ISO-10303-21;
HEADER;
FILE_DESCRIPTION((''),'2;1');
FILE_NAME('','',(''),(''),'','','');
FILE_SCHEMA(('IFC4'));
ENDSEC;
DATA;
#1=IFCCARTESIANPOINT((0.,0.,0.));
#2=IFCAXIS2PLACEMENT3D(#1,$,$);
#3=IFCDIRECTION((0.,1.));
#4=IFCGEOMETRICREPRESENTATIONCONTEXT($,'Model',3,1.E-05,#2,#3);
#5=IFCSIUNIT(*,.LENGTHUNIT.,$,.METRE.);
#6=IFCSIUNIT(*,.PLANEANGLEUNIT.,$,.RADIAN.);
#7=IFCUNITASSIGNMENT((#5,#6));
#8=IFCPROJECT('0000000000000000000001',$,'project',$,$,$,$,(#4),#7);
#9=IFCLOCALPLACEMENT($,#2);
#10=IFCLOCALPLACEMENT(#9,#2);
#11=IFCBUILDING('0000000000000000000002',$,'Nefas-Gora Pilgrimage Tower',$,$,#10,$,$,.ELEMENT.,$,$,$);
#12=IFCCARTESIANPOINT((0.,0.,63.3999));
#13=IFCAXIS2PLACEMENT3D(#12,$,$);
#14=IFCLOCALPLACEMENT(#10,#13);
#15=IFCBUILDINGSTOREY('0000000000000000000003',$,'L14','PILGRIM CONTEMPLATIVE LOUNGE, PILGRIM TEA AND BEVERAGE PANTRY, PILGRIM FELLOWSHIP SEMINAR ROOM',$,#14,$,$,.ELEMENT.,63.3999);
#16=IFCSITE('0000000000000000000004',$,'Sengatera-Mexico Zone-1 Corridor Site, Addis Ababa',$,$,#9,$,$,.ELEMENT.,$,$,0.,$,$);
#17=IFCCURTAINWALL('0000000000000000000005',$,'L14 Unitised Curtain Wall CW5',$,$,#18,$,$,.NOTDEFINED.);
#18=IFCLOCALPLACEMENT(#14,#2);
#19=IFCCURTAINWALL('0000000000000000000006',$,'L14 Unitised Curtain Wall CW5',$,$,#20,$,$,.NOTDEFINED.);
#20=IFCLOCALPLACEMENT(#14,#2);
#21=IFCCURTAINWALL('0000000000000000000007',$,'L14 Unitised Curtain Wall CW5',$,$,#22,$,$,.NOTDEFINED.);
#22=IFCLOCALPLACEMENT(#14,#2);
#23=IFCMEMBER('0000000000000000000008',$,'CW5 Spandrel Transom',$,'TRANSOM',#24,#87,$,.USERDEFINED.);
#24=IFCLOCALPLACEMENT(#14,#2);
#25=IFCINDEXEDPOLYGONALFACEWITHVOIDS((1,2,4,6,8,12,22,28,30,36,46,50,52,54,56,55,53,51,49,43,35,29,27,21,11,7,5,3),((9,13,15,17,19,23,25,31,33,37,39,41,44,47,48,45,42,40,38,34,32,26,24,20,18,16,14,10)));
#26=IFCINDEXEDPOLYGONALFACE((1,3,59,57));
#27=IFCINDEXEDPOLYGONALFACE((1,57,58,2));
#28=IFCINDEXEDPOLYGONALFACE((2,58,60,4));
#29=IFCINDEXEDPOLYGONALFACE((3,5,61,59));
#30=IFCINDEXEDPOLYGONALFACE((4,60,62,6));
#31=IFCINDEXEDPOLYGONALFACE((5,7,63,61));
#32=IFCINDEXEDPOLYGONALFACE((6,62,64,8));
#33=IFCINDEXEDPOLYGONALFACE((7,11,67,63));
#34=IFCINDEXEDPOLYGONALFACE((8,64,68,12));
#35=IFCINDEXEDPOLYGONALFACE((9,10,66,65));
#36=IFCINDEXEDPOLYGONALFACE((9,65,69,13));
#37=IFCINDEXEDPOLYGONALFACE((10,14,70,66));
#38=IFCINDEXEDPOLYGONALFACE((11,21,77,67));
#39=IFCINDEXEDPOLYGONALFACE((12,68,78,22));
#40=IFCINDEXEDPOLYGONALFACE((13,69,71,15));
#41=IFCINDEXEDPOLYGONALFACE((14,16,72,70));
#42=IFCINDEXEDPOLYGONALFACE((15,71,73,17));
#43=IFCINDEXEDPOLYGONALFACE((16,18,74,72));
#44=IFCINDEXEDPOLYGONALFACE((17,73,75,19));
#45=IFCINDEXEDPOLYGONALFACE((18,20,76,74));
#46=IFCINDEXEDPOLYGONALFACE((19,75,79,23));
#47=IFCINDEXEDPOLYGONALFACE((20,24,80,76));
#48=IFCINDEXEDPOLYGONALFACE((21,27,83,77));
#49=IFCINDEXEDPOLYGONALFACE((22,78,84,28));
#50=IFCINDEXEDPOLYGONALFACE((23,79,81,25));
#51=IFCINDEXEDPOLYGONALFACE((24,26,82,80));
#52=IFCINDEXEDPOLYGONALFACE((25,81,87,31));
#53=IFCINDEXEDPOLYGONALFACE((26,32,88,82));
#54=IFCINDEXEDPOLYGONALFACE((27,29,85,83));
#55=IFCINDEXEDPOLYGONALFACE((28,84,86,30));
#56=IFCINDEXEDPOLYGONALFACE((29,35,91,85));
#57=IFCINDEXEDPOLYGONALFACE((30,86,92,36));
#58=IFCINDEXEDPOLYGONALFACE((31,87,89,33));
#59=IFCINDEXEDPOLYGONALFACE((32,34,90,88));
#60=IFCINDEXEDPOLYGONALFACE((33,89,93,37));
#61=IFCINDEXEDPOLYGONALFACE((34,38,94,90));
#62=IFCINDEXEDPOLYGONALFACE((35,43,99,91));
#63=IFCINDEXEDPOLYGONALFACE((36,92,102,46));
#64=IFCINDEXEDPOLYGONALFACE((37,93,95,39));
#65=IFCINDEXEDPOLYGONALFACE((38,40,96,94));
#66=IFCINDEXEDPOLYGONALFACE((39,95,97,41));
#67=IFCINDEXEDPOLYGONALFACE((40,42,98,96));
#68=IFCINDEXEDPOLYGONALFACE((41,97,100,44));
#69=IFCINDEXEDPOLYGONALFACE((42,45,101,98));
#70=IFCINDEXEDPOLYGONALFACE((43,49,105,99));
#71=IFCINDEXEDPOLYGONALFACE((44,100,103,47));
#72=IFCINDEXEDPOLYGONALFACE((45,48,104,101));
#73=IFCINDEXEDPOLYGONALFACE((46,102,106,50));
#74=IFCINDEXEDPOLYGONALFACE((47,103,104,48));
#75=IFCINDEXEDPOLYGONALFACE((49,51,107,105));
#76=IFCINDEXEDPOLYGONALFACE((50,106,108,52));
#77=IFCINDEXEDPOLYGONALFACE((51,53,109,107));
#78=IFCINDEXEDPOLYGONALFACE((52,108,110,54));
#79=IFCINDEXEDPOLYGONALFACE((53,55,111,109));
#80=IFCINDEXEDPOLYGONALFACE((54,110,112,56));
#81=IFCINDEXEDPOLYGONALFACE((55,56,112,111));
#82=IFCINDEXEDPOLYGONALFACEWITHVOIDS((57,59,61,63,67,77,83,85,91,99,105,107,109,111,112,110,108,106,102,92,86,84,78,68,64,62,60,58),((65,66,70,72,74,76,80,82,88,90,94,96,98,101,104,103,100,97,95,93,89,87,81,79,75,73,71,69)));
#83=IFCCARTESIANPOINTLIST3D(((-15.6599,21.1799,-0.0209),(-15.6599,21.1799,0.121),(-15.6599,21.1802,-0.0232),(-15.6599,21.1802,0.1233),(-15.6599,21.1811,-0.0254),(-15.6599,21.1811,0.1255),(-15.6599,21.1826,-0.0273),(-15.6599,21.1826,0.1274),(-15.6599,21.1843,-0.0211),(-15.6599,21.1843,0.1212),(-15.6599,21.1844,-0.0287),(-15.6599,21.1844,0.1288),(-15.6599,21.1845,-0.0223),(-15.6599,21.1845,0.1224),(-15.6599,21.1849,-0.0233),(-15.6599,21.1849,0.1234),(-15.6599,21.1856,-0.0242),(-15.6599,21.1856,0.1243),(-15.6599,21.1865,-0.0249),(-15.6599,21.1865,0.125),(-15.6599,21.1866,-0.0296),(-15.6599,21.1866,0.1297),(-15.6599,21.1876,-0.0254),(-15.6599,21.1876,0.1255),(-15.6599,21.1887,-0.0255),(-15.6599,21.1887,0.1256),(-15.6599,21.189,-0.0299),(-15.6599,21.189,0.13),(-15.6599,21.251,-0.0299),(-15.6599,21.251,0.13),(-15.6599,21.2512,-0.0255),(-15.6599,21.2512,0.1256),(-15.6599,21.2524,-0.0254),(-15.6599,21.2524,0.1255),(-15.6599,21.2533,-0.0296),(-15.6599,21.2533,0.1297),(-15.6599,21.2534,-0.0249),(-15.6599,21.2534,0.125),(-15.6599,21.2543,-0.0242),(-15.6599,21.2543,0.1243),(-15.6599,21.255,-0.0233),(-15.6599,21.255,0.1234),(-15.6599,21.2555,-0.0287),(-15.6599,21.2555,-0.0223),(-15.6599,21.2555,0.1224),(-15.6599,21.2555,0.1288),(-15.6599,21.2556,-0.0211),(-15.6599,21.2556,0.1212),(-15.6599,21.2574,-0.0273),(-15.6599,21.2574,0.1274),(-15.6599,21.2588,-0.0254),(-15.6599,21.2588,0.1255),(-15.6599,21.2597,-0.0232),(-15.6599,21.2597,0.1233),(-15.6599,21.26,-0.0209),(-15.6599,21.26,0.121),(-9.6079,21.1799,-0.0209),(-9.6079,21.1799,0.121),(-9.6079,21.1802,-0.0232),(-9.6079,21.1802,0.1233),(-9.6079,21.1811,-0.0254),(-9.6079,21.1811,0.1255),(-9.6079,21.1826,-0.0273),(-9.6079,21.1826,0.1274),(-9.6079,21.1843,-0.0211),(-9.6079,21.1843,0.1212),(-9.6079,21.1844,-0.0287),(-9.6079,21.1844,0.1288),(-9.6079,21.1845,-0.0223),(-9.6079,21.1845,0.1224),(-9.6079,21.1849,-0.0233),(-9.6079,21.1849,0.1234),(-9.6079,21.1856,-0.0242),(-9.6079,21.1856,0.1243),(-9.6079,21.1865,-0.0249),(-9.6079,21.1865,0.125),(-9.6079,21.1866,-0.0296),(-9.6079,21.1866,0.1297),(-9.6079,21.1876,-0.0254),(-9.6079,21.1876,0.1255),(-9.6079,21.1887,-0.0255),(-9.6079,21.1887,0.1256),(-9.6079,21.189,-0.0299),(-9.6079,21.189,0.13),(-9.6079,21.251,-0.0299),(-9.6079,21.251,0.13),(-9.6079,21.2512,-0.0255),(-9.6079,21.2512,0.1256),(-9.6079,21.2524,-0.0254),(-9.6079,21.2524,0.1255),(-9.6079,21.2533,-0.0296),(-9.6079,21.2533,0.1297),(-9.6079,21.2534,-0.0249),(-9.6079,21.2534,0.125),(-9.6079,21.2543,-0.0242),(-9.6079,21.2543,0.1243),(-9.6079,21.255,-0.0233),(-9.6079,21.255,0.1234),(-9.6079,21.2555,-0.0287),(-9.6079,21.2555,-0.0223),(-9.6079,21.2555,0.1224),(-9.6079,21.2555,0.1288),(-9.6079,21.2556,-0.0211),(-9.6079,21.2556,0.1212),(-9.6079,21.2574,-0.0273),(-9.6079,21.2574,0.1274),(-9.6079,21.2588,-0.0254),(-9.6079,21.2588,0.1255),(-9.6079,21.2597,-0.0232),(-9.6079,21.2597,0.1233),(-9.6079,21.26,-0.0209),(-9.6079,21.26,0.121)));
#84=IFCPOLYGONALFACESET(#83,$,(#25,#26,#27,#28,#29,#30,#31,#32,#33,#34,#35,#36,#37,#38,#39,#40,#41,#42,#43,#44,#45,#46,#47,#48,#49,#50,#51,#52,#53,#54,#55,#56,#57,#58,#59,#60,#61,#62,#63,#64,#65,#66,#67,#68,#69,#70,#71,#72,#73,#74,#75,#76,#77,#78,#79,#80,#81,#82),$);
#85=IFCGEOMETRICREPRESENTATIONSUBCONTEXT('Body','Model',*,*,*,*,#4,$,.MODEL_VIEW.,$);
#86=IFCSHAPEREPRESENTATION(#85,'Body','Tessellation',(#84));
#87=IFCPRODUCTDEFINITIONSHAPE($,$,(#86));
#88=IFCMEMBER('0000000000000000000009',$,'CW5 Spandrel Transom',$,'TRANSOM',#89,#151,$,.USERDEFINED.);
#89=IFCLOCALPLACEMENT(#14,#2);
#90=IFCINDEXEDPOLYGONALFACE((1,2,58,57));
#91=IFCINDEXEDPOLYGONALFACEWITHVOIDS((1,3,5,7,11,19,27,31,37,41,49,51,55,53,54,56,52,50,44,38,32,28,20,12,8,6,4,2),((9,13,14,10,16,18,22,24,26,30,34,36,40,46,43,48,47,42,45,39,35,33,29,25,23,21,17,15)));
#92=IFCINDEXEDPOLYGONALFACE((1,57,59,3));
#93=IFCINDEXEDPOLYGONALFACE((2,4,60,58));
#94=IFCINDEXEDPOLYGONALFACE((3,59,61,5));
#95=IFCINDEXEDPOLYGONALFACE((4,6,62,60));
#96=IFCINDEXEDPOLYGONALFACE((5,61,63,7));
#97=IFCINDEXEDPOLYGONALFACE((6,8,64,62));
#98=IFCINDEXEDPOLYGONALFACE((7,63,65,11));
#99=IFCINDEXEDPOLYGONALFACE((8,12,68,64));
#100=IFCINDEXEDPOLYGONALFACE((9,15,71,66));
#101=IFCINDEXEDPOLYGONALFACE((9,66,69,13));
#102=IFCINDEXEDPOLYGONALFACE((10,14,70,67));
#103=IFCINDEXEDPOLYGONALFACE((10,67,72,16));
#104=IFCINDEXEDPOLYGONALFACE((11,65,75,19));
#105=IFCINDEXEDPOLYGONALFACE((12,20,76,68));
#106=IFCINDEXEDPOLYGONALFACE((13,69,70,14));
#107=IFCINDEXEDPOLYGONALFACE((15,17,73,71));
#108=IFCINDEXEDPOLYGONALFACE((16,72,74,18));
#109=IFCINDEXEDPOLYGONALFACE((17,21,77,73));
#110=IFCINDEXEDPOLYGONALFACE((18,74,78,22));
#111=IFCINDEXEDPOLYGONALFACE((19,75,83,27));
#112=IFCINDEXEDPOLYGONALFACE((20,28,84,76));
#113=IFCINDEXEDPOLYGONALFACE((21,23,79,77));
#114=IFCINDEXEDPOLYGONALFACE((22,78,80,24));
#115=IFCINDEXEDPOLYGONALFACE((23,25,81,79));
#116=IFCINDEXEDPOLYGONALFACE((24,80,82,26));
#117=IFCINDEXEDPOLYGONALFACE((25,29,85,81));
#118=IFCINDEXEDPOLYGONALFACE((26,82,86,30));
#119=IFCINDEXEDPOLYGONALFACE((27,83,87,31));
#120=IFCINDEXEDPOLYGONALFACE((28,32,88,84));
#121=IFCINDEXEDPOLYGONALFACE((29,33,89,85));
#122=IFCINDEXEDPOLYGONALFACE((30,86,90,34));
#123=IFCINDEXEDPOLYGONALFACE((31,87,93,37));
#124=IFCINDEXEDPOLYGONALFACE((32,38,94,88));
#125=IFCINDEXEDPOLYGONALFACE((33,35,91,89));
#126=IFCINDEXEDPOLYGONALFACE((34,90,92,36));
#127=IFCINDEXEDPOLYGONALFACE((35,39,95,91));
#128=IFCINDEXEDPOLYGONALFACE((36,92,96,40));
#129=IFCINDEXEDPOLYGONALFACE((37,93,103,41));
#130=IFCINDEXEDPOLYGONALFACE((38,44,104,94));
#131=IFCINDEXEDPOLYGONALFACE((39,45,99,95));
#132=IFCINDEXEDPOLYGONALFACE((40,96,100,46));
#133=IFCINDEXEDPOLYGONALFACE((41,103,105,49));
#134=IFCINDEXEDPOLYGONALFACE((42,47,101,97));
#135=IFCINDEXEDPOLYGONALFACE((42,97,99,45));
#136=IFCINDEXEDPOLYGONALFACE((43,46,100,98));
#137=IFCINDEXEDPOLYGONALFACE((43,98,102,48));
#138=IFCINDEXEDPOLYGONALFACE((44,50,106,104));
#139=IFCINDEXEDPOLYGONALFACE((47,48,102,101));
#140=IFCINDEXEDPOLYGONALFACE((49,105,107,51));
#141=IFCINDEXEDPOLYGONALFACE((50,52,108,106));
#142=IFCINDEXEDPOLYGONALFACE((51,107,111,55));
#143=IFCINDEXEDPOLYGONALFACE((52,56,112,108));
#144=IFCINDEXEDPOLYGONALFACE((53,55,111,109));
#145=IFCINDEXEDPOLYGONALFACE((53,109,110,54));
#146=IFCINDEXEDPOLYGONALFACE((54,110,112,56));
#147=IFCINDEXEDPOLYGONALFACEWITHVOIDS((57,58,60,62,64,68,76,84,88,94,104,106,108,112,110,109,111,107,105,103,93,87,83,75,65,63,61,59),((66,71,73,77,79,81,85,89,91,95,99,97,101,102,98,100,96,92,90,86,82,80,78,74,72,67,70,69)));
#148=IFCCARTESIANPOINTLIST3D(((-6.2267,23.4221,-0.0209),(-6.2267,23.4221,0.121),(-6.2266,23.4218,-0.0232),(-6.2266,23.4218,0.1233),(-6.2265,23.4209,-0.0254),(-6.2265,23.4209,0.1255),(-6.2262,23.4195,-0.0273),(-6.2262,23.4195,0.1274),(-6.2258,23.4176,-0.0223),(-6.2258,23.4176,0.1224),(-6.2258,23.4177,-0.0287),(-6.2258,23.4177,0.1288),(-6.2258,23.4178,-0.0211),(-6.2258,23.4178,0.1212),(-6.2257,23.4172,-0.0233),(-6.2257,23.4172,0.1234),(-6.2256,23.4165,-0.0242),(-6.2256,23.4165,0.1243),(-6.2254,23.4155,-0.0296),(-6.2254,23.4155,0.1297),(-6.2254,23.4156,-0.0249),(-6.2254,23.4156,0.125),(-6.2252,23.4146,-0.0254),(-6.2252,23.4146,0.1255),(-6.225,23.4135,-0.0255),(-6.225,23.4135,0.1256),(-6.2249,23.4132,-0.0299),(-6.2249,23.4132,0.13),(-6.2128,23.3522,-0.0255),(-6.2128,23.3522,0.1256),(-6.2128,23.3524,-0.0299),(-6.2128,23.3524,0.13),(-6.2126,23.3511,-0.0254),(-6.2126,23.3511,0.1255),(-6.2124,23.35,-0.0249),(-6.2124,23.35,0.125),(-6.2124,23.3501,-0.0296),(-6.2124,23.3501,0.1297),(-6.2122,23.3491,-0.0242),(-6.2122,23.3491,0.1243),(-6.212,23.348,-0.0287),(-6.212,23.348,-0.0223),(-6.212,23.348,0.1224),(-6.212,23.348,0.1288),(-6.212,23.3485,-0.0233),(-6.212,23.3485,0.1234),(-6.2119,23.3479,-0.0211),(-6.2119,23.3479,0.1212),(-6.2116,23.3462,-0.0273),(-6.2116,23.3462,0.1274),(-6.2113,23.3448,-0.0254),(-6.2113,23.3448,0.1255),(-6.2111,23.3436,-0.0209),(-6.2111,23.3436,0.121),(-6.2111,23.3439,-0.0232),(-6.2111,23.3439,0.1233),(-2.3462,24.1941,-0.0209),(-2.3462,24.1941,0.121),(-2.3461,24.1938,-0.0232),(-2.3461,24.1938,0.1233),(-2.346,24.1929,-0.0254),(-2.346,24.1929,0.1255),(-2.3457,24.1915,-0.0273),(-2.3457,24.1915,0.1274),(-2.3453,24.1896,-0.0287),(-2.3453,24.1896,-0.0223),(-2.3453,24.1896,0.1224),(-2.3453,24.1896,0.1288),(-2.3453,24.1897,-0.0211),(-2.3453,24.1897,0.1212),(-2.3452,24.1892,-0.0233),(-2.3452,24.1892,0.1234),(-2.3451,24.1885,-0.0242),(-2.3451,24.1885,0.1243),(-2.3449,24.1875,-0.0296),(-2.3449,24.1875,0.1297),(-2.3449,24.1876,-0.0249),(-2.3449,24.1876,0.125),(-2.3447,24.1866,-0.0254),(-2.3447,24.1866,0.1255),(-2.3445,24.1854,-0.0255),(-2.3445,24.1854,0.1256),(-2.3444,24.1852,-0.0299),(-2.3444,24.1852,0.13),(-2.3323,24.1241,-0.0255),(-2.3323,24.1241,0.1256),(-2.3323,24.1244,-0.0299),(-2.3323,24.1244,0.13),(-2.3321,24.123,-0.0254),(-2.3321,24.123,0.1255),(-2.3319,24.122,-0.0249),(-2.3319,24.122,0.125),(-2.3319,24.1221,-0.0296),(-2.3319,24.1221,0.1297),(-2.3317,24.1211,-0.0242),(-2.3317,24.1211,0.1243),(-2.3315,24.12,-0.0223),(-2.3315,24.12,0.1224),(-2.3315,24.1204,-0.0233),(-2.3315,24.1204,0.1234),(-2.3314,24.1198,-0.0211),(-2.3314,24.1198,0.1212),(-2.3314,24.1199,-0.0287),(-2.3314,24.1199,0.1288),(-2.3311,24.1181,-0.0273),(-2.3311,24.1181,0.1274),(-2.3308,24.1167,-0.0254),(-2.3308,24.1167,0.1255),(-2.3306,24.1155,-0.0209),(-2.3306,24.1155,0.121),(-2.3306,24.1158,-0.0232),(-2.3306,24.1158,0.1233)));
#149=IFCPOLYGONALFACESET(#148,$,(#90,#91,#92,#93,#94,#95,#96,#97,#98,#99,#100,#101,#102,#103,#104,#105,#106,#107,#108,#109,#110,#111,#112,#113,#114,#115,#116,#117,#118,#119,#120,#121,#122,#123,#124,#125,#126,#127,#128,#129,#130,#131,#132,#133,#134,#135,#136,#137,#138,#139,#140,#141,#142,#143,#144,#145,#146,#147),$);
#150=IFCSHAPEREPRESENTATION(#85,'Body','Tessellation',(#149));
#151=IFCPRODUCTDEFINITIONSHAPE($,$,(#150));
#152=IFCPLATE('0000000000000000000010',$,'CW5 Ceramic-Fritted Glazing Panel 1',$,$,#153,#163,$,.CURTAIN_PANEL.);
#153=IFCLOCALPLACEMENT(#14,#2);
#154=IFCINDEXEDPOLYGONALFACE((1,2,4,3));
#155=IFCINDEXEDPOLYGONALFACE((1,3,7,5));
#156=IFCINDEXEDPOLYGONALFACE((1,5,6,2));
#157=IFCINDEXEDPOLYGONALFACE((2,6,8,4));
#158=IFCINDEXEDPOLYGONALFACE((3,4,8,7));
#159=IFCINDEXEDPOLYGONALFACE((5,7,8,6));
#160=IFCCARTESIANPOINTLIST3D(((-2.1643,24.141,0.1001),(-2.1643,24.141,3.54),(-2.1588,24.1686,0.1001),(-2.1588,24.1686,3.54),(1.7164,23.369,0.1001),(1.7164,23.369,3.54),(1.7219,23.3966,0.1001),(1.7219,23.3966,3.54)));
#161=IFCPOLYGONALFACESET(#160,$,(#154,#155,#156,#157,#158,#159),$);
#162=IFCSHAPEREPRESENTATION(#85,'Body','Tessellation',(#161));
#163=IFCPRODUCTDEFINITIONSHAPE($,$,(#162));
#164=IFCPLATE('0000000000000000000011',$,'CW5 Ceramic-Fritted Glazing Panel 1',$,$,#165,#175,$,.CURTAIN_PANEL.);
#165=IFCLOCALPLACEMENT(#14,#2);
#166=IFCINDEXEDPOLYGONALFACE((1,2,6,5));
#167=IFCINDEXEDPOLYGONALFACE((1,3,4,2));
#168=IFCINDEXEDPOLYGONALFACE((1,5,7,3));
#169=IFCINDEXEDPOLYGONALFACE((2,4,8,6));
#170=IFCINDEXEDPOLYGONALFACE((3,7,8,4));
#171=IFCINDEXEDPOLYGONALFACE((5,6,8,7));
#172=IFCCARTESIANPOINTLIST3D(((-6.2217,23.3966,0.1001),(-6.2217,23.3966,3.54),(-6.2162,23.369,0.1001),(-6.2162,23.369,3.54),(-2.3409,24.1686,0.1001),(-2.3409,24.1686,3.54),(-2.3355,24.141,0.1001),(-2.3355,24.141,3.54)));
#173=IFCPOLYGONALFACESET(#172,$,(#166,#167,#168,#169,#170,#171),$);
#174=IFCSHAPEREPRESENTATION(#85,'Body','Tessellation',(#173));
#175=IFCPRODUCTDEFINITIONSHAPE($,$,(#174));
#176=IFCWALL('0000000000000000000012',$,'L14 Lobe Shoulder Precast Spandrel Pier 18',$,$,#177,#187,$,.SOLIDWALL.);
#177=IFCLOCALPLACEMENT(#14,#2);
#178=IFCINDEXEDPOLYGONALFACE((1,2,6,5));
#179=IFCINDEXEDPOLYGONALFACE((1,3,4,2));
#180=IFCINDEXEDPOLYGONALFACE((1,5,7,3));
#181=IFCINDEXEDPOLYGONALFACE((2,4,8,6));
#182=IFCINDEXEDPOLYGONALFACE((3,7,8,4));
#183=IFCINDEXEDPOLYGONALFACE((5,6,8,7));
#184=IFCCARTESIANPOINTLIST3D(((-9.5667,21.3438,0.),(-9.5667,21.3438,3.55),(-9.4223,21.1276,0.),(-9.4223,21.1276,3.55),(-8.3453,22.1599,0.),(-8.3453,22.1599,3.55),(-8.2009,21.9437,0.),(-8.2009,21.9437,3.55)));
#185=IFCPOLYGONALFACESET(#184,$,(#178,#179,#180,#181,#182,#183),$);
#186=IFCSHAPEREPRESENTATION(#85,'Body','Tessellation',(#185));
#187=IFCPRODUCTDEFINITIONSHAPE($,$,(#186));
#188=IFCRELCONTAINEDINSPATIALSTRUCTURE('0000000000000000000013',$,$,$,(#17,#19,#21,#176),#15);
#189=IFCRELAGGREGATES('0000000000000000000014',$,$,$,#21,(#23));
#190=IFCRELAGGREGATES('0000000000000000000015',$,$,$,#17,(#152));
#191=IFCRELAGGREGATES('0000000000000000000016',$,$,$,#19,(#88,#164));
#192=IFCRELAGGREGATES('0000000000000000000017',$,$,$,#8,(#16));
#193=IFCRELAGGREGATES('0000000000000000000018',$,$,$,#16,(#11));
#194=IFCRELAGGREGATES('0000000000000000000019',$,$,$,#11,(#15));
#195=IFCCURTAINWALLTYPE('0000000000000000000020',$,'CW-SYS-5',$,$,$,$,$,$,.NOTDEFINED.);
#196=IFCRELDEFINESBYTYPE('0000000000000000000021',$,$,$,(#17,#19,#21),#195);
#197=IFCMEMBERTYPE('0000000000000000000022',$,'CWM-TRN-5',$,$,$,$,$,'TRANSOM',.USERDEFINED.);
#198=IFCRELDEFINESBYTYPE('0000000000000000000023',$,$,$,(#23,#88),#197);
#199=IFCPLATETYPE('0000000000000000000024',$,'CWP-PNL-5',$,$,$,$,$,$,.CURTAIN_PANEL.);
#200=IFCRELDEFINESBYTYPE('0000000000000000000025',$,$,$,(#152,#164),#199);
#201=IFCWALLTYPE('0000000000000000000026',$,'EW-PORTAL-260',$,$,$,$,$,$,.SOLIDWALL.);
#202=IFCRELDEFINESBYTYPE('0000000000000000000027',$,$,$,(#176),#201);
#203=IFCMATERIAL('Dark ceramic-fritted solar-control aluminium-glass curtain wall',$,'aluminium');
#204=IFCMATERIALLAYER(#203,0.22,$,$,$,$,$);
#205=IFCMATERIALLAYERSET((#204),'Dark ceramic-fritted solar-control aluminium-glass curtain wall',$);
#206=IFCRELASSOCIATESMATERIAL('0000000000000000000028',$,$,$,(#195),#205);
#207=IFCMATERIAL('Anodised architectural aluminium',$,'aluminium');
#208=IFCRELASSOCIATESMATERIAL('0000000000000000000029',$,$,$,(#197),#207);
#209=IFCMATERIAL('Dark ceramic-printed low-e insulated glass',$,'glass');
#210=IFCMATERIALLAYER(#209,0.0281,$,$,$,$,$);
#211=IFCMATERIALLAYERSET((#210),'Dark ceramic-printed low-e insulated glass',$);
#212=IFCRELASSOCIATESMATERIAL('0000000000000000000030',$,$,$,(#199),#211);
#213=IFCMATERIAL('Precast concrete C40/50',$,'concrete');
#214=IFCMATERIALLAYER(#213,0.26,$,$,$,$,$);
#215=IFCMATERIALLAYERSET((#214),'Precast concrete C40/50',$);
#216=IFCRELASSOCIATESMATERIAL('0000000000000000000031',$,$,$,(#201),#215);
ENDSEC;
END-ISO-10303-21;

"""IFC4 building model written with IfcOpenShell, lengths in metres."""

from ifc_helpers import new_model, si_unit, direction, frame, frame_2d, origin, origin_2d, place, context, subcontext, project, spatial, rectangle, hollow_rectangle, extrude, source, transform, mapped, material, layer, layer_set, material_profile, profile_set, type_object, element, aggregate, save


model = new_model("IFC4")

# Units and contexts
model_context = context("Model", 3, precision=1e-05, world=origin(), true_north=direction((0.0, 1.0)))
body_context = subcontext(model_context, "Body", "Model", "MODEL_VIEW")
ifc_project = project(units=[si_unit("LENGTHUNIT", "METRE"), si_unit("PLANEANGLEUNIT", "RADIAN")], contexts=[model_context])

# Site, building, storey
site_placement = place(None, origin())
site = spatial("IfcSite", under=ifc_project, at=site_placement, Name="Sengatera-Mexico Zone-1 Corridor Site, Addis Ababa", CompositionType="ELEMENT", RefElevation=0.0)
building_placement = place(site_placement, origin())
building = spatial("IfcBuilding", under=site, at=building_placement, Name="Nefas-Gora Pilgrimage Tower", CompositionType="ELEMENT")
storey_placement = place(building_placement, frame((0.0, 0.0, 63.3999)))
storey = spatial("IfcBuildingStorey", under=building, at=storey_placement, Name="L14", Description="PILGRIM CONTEMPLATIVE LOUNGE, PILGRIM TEA AND BEVERAGE PANTRY, PILGRIM FELLOWSHIP SEMINAR ROOM", CompositionType="ELEMENT", Elevation=63.3999)

# Curtain wall
ifc_material_1 = material(Name="Dark ceramic-fritted solar-control aluminium-glass curtain wall", Category="aluminium")
ifc_layer_1 = layer(ifc_material_1, 0.22)
ifc_layer_set_1 = layer_set([ifc_layer_1], Name="Dark ceramic-fritted solar-control aluminium-glass curtain wall")
curtain_wall_type = type_object("IfcCurtainWallType", Name="CW-SYS-5", PredefinedType="NOTDEFINED", material=ifc_layer_set_1)
curtain_wall_1_placement = place(storey_placement, origin())
curtain_wall_1 = element("IfcCurtainWall", 1, at=curtain_wall_1_placement, inside=storey, type_object=curtain_wall_type, Name="L14 Unitised Curtain Wall CW5", PredefinedType="NOTDEFINED")
ifc_material_2 = material(Name="Anodised architectural aluminium", Category="aluminium")

# Curtain walls, member
curtain_wall_2_placement = place(storey_placement, origin())
curtain_wall_2 = element("IfcCurtainWall", 2, at=curtain_wall_2_placement, inside=storey, type_object=curtain_wall_type, Name="L14 Unitised Curtain Wall CW5", PredefinedType="NOTDEFINED")
curtain_wall_3_placement = place(storey_placement, origin())
curtain_wall_3 = element("IfcCurtainWall", 3, at=curtain_wall_3_placement, inside=storey, type_object=curtain_wall_type, Name="L14 Unitised Curtain Wall CW5", PredefinedType="NOTDEFINED")
ifc_material_profile_1 = material_profile(ifc_material_2, hollow_rectangle(XDim=0.0801, YDim=0.1599, WallThickness=0.0044, InnerFilletRadius=0.0044, OuterFilletRadius=0.009, at=origin_2d()), Name="ALU TRANSOM 80x160")
ifc_profile_set_1 = profile_set([ifc_material_profile_1], Name="Anodised architectural aluminium")
member_type_1 = type_object("IfcMemberType", Name="CWM-TRN-5", ElementType="TRANSOM", PredefinedType="USERDEFINED", material=ifc_profile_set_1)
shared_shape_1 = source(origin(), body_context, "Body", "SweptSolid", [
    extrude(hollow_rectangle(XDim=0.0801, YDim=0.1599, WallThickness=0.0044, InnerFilletRadius=0.0044, OuterFilletRadius=0.009, at=origin_2d()), origin(), (0.0, 0.0, 1.0), 6.052),
])
member_1_placement = place(storey_placement, frame((-9.6079, 21.22, 0.05), z_axis=(-1.0, 0.0, 0.0), x_axis=(0.0, -1.0, 0.0)))
member_1 = element("IfcMember", 4, at=member_1_placement, type_object=member_type_1, Name="CW5 Spandrel Transom", ObjectType="TRANSOM", PredefinedType="USERDEFINED", context=body_context, shape_type="MappedRepresentation", body=[
    mapped(shared_shape_1, transform((0.0, 0.0, 0.0), x_axis=(1.0, 0.0, 0.0), y_axis=(0.0, 1.0, 0.0), z_axis=(0.0, 0.0, 1.0), scale=1.0)),
])
aggregate(curtain_wall_3, [member_1])

# Member
shared_shape_2 = source(origin(), body_context, "Body", "SweptSolid", [
    extrude(hollow_rectangle(XDim=0.0801, YDim=0.1599, WallThickness=0.0044, InnerFilletRadius=0.0044, OuterFilletRadius=0.009, at=origin_2d()), origin(), (0.0, 0.0, 1.0), 3.9565),
])
member_2_placement = place(storey_placement, frame((-2.3384, 24.1548, 0.05), z_axis=(-0.980782, -0.195107, 0.0), x_axis=(0.195107, -0.980782, 0.0)))
member_2 = element("IfcMember", 5, at=member_2_placement, type_object=member_type_1, Name="CW5 Spandrel Transom", ObjectType="TRANSOM", PredefinedType="USERDEFINED", context=body_context, shape_type="MappedRepresentation", body=[
    mapped(shared_shape_2, transform((0.0, 0.0, 0.0), x_axis=(1.0, 0.0, 0.0), y_axis=(0.0, 1.0, 0.0), z_axis=(0.0, 0.0, 1.0), scale=1.0)),
])

# Plates
ifc_material_3 = material(Name="Dark ceramic-printed low-e insulated glass", Category="glass")
ifc_layer_2 = layer(ifc_material_3, 0.0281)
ifc_layer_set_2 = layer_set([ifc_layer_2], Name="Dark ceramic-printed low-e insulated glass")
plate_type = type_object("IfcPlateType", Name="CWP-PNL-5", PredefinedType="CURTAIN_PANEL", material=ifc_layer_set_2)
shared_shape_3 = source(origin(), body_context, "Body", "SweptSolid", [
    extrude(rectangle(XDim=3.9568, YDim=0.0281, at=origin_2d()), origin(), (0.0, 0.0, 1.0), 3.4399),
])
plate_1_placement = place(storey_placement, frame((-0.2212, 23.7688, 0.1001), z_axis=(0.0, 0.0, 1.0), x_axis=(-0.980783, 0.195102, 0.0)))
plate_1 = element("IfcPlate", 6, at=plate_1_placement, type_object=plate_type, Name="CW5 Ceramic-Fritted Glazing Panel 1", PredefinedType="CURTAIN_PANEL", context=body_context, shape_type="MappedRepresentation", body=[
    mapped(shared_shape_3, transform((0.0, 0.0, 0.0), x_axis=(1.0, 0.0, 0.0), y_axis=(0.0, 1.0, 0.0), z_axis=(0.0, 0.0, 1.0), scale=1.0)),
])
aggregate(curtain_wall_1, [plate_1])
plate_2_placement = place(storey_placement, frame((-4.2786, 23.7688, 0.1001), z_axis=(0.0, 0.0, 1.0), x_axis=(-0.980783, -0.195102, 0.0)))
plate_2 = element("IfcPlate", 7, at=plate_2_placement, type_object=plate_type, Name="CW5 Ceramic-Fritted Glazing Panel 1", PredefinedType="CURTAIN_PANEL", context=body_context, shape_type="MappedRepresentation", body=[
    mapped(shared_shape_3, transform((0.0, 0.0, 0.0), x_axis=(1.0, 0.0, 0.0), y_axis=(0.0, 1.0, 0.0), z_axis=(0.0, 0.0, 1.0), scale=1.0)),
])
aggregate(curtain_wall_2, [member_2, plate_2])

# Wall
ifc_material_4 = material(Name="Precast concrete C40/50", Category="concrete")
ifc_layer_3 = layer(ifc_material_4, 0.26)
ifc_layer_set_3 = layer_set([ifc_layer_3], Name="Precast concrete C40/50")
wall_type_1 = type_object("IfcWallType", Name="EW-PORTAL-260", PredefinedType="SOLIDWALL", material=ifc_layer_set_3)
shared_shape_4 = source(origin(), body_context, "Body", "SweptSolid", [
    extrude(rectangle(XDim=1.469, YDim=0.26, at=frame_2d((0.7344, 0.0))), origin(), (0.0, 0.0, 1.0), 3.55),
])
wall_1_placement = place(storey_placement, frame((-8.2732, 22.0518, 0.0), z_axis=(0.0, 0.0, 1.0), x_axis=(-0.831462, -0.555582, 0.0)))
element("IfcWall", 8, at=wall_1_placement, inside=storey, type_object=wall_type_1, Name="L14 Lobe Shoulder Precast Spandrel Pier 18", PredefinedType="SOLIDWALL", context=body_context, shape_type="MappedRepresentation", body=[
    mapped(shared_shape_4, transform((0.0, 0.0, 0.0), x_axis=(1.0, 0.0, 0.0), y_axis=(0.0, 1.0, 0.0), z_axis=(0.0, 0.0, 1.0), scale=1.0)),
])

save(model, "model.ifc")
